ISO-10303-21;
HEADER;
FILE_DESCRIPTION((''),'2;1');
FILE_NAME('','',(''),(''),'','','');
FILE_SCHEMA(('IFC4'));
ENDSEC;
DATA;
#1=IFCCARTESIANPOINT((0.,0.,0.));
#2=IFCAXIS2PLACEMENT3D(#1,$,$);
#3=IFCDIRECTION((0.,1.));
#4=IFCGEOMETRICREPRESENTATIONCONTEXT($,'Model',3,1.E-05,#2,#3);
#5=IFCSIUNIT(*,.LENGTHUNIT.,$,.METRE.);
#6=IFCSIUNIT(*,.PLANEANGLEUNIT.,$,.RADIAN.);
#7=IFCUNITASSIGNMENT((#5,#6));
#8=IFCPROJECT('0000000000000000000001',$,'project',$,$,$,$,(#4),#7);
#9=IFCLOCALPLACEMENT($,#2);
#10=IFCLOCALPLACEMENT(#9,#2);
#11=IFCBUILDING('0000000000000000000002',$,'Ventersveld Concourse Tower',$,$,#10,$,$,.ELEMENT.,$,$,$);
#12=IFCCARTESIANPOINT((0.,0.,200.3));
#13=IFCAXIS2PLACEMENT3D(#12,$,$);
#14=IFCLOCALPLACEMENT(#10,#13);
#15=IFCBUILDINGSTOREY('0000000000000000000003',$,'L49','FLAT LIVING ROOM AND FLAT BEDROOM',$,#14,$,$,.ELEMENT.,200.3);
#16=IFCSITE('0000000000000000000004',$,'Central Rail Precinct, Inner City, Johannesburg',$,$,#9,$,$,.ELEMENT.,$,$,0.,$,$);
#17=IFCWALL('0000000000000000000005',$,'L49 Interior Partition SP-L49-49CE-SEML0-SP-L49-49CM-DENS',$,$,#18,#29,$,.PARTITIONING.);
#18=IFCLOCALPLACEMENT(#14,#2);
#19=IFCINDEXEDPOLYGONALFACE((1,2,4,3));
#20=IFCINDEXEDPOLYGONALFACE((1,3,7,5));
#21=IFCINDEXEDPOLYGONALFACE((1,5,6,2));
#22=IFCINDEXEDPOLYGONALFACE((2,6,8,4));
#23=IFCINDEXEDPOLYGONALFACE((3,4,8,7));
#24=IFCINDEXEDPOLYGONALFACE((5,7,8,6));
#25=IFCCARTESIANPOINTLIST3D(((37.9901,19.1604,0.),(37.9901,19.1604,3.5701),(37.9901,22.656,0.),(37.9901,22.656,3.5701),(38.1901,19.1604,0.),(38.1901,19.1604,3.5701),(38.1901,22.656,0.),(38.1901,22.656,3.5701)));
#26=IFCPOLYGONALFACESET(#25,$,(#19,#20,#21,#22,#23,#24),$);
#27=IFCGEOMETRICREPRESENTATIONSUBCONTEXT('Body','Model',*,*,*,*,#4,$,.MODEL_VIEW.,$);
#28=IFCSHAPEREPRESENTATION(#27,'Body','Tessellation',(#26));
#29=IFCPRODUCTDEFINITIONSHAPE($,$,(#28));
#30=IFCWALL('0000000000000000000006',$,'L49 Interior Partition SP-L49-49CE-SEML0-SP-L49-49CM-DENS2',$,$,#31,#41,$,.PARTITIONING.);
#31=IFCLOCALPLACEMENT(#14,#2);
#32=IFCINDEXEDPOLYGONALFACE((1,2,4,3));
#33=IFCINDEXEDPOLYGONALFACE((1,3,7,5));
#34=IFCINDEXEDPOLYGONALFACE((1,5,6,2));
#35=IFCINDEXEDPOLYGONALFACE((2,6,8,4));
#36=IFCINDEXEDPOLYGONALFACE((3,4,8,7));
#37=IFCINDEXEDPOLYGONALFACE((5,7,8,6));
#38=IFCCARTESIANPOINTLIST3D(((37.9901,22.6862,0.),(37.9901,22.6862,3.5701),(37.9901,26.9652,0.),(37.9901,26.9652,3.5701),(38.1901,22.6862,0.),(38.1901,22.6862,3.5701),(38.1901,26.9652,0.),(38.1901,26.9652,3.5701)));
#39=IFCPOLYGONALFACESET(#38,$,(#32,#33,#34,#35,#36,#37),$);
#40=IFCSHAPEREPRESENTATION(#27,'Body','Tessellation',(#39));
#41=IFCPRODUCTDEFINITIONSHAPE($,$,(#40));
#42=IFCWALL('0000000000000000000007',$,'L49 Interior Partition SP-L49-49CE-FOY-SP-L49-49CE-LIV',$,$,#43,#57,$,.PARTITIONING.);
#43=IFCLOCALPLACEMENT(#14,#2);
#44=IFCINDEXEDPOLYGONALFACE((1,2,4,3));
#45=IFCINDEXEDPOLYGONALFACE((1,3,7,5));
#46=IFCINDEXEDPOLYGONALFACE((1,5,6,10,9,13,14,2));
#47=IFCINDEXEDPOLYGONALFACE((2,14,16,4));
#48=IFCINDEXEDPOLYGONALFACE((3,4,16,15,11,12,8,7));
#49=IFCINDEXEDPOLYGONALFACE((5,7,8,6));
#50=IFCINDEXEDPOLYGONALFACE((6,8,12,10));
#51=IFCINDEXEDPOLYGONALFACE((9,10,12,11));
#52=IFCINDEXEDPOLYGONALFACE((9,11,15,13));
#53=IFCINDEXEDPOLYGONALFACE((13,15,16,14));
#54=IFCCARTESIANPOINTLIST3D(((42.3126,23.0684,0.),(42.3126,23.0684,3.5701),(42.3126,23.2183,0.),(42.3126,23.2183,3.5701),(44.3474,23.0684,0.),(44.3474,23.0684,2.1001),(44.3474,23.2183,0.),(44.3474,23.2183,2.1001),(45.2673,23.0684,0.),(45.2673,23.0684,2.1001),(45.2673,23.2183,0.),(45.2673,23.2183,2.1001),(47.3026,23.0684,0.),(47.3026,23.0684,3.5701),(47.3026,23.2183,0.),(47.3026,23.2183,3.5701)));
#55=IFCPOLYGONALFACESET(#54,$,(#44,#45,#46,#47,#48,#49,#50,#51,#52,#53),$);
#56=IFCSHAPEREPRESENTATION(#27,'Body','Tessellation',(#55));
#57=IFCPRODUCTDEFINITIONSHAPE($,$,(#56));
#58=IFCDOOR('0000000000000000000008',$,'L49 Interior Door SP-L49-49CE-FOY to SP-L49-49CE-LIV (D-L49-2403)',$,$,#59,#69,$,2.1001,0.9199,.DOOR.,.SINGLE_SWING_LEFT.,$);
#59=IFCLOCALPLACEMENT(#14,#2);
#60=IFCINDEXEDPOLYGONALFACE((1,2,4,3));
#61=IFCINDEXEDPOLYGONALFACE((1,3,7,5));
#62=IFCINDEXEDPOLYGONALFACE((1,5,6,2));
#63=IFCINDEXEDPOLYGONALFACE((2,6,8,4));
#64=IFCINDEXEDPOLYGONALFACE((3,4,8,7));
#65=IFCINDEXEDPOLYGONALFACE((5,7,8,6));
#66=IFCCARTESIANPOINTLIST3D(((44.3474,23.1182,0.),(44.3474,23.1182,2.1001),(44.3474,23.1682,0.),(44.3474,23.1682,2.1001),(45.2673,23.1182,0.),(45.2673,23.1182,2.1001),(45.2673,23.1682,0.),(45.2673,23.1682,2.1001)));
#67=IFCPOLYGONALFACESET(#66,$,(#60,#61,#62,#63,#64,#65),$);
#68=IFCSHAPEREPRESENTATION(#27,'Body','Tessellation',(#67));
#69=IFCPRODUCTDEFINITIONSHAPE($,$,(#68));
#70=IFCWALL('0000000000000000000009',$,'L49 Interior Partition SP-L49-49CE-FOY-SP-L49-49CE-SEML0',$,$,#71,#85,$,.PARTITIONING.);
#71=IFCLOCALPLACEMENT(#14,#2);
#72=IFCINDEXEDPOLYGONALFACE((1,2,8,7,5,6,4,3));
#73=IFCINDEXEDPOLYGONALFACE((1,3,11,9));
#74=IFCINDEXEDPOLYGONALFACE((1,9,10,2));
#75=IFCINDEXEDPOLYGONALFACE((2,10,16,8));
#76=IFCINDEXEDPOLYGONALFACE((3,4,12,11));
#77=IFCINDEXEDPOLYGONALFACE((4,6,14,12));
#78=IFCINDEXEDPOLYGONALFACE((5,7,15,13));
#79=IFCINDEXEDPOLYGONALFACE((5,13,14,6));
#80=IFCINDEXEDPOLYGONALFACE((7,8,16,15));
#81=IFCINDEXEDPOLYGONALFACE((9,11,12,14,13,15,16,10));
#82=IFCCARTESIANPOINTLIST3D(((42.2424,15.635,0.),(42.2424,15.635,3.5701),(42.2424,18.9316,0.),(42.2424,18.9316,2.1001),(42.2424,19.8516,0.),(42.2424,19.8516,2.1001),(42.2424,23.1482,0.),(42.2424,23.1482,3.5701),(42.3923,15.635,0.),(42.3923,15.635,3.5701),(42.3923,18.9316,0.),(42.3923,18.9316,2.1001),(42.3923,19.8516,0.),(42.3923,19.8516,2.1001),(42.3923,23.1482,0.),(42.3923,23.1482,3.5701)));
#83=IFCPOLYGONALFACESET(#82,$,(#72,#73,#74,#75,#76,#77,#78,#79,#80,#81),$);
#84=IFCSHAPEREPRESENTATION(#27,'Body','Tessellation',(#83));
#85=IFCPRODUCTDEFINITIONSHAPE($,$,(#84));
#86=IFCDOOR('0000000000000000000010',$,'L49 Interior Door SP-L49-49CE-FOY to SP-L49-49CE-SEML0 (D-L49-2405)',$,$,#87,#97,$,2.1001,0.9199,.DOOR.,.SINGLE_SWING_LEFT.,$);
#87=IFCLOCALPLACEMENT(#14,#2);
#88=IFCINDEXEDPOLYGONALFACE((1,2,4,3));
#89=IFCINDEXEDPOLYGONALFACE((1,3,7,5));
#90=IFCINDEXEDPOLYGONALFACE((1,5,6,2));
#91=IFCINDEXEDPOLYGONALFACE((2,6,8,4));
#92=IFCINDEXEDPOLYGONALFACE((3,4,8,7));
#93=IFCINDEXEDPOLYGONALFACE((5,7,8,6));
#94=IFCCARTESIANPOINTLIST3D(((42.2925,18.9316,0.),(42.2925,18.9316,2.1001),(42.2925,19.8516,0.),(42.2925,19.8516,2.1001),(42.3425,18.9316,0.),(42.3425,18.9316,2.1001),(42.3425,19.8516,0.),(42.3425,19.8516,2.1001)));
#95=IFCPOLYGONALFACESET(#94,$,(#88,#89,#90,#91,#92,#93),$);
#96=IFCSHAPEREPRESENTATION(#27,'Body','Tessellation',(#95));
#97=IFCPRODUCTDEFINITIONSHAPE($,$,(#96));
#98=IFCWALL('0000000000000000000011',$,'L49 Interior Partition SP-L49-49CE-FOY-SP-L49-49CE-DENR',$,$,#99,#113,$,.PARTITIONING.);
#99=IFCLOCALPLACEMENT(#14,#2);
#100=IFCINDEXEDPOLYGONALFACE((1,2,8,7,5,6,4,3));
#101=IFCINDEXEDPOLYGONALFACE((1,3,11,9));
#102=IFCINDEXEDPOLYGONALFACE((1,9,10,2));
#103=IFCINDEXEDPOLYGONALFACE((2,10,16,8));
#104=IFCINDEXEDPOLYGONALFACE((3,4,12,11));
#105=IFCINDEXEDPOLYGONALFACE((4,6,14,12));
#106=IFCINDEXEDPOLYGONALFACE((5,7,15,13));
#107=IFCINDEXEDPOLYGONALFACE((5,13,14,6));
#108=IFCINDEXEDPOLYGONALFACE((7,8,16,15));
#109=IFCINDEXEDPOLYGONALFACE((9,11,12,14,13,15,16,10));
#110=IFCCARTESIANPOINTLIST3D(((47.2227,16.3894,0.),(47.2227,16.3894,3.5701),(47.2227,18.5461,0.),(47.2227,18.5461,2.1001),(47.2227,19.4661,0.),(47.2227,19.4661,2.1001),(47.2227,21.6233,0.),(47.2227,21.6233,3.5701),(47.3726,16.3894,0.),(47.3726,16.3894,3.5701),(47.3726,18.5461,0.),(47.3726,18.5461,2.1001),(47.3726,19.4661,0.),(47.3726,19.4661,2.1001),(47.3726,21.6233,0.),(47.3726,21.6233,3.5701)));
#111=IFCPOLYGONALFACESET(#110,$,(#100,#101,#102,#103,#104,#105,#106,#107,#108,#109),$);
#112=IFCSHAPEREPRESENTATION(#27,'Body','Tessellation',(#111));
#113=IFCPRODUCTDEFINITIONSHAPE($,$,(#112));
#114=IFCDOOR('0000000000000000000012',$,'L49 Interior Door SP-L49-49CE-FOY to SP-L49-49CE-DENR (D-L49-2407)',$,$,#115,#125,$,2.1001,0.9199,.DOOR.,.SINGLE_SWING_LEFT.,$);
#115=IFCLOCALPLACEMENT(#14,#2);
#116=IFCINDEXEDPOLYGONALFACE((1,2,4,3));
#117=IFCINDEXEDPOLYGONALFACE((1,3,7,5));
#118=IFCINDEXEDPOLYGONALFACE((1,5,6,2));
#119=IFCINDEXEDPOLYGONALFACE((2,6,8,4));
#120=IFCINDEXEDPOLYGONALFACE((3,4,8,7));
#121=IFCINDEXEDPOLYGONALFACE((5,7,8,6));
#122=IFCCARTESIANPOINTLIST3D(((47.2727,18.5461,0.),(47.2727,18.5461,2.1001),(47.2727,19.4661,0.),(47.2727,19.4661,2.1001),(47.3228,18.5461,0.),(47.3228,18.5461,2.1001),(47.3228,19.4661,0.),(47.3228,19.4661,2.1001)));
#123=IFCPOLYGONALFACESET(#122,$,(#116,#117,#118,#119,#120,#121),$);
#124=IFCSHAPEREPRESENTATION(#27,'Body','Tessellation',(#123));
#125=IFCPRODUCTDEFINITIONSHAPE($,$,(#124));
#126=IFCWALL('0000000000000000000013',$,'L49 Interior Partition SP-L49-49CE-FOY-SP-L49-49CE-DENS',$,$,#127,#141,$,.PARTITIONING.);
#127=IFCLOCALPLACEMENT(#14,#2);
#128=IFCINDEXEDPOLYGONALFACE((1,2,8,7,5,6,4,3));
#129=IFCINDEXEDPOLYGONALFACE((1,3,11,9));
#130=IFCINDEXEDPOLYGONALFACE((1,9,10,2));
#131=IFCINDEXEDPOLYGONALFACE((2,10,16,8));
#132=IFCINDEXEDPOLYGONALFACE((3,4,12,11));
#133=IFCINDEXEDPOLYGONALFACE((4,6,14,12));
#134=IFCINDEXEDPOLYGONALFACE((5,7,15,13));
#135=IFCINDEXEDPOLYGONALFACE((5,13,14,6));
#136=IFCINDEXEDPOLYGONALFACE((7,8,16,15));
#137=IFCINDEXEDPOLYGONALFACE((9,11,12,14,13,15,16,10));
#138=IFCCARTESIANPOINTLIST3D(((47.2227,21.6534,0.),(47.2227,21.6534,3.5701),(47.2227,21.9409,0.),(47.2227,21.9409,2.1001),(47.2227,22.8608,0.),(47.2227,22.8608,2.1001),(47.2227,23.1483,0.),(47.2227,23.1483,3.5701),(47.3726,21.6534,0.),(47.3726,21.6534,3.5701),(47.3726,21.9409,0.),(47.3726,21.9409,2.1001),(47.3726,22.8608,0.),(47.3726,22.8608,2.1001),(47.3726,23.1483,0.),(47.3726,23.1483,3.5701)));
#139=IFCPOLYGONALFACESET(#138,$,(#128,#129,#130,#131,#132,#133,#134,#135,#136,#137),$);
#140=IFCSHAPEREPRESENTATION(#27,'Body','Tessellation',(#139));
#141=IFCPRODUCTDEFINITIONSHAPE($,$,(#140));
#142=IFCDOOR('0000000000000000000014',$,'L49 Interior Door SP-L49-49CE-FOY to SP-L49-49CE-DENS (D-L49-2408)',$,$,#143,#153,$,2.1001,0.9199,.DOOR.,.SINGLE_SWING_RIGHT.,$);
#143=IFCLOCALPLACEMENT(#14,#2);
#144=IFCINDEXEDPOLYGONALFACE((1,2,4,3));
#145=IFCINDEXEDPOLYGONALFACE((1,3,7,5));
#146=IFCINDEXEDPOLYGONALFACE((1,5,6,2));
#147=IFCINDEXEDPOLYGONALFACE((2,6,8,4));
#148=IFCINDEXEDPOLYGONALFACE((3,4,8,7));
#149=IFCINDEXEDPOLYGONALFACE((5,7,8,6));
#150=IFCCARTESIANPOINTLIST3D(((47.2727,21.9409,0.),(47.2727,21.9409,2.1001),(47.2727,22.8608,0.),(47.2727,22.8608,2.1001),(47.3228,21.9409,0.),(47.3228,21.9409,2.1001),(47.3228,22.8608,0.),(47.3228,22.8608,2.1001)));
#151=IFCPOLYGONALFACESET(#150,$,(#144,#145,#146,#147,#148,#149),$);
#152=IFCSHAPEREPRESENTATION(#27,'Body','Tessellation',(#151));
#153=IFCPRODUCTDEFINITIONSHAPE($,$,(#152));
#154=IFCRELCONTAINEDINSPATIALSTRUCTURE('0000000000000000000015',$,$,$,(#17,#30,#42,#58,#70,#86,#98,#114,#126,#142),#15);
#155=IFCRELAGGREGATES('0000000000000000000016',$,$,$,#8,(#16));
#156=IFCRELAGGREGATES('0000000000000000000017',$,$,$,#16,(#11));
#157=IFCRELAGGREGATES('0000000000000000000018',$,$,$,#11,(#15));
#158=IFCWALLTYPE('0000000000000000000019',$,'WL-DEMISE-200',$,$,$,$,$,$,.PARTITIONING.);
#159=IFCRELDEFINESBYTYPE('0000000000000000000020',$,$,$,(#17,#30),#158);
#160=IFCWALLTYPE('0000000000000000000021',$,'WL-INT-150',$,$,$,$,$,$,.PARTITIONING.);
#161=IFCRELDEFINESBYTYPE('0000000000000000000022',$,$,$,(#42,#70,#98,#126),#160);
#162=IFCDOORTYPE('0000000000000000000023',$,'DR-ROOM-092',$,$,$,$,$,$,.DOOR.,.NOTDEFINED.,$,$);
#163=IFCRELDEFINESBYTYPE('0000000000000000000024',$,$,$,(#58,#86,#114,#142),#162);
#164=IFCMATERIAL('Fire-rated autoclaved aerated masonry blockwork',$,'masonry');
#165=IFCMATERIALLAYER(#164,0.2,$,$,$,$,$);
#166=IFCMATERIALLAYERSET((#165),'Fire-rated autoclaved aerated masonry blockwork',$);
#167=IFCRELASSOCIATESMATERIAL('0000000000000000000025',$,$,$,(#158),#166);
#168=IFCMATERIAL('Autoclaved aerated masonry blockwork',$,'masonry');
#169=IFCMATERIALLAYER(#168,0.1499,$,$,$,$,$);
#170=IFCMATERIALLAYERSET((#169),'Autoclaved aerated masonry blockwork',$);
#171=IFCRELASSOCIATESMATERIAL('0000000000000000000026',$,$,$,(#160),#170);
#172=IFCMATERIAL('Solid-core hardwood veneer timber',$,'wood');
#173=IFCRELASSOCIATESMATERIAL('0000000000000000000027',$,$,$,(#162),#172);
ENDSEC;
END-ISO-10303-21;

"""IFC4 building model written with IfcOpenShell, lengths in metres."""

from ifc_helpers import new_model, si_unit, direction, frame, frame_2d, origin, place, context, subcontext, project, spatial, rectangle, extrude, material, layer, layer_set, type_object, element, fill, save


model = new_model("IFC4")

# Units and contexts
model_context = context("Model", 3, precision=1e-05, world=origin(), true_north=direction((0.0, 1.0)))
body_context = subcontext(model_context, "Body", "Model", "MODEL_VIEW")
ifc_project = project(units=[si_unit("LENGTHUNIT", "METRE"), si_unit("PLANEANGLEUNIT", "RADIAN")], contexts=[model_context])

# Site, building, storey
site_placement = place(None, origin())
site = spatial("IfcSite", under=ifc_project, at=site_placement, Name="Central Rail Precinct, Inner City, Johannesburg", CompositionType="ELEMENT", RefElevation=0.0)
building_placement = place(site_placement, origin())
building = spatial("IfcBuilding", under=site, at=building_placement, Name="Ventersveld Concourse Tower", CompositionType="ELEMENT")
storey_placement = place(building_placement, frame((0.0, 0.0, 200.3)))
storey = spatial("IfcBuildingStorey", under=building, at=storey_placement, Name="L49", Description="FLAT LIVING ROOM AND FLAT BEDROOM", CompositionType="ELEMENT", Elevation=200.3)

# Shared definitions
ifc_material_1 = material(Name="Fire-rated autoclaved aerated masonry blockwork", Category="masonry")
ifc_material_2 = material(Name="Solid-core hardwood veneer timber", Category="wood")

# Walls
ifc_layer_1 = layer(ifc_material_1, 0.2)
ifc_layer_set_1 = layer_set([ifc_layer_1], Name="Fire-rated autoclaved aerated masonry blockwork")
wall_type_1 = type_object("IfcWallType", Name="WL-DEMISE-200", PredefinedType="PARTITIONING", material=ifc_layer_set_1)
wall_1_placement = place(storey_placement, frame((38.0901, 19.1604, 0.0), z_axis=(0.0, 0.0, 1.0), x_axis=(0.0, 1.0, 0.0)))
element("IfcWall", 1, at=wall_1_placement, inside=storey, type_object=wall_type_1, Name="L49 Interior Partition SP-L49-49CE-SEML0-SP-L49-49CM-DENS", PredefinedType="PARTITIONING", context=body_context, shape_type="SweptSolid", body=[
    extrude(rectangle(XDim=3.4956, YDim=0.2, at=frame_2d((1.7478, 0.0))), origin(), (0.0, 0.0, 1.0), 3.5701),
])
wall_2_placement = place(storey_placement, frame((38.0901, 22.686, 0.0), z_axis=(0.0, 0.0, 1.0), x_axis=(0.0, 1.0, 0.0)))
element("IfcWall", 2, at=wall_2_placement, inside=storey, type_object=wall_type_1, Name="L49 Interior Partition SP-L49-49CE-SEML0-SP-L49-49CM-DENS2", PredefinedType="PARTITIONING", context=body_context, shape_type="SweptSolid", body=[
    extrude(rectangle(XDim=4.2791, YDim=0.2, at=frame_2d((2.1396, 0.0))), origin(), (0.0, 0.0, 1.0), 3.5701),
])

# Walls, openings, doors
ifc_material_3 = material(Name="Autoclaved aerated masonry blockwork", Category="masonry")
ifc_layer_2 = layer(ifc_material_3, 0.1499)
ifc_layer_set_2 = layer_set([ifc_layer_2], Name="Autoclaved aerated masonry blockwork")
wall_type_2 = type_object("IfcWallType", Name="WL-INT-150", PredefinedType="PARTITIONING", material=ifc_layer_set_2)
wall_3_placement = place(storey_placement, frame((42.3125, 23.1433, 0.0), z_axis=(0.0, 0.0, 1.0), x_axis=(1.0, 0.0, 0.0)))
wall_3 = element("IfcWall", 3, at=wall_3_placement, inside=storey, type_object=wall_type_2, Name="L49 Interior Partition SP-L49-49CE-FOY-SP-L49-49CE-LIV", PredefinedType="PARTITIONING", context=body_context, shape_type="SweptSolid", body=[
    extrude(rectangle(XDim=4.99, YDim=0.1499, at=frame_2d((2.4951, 0.0))), origin(), (0.0, 0.0, 1.0), 3.5701),
])
opening_1_placement = place(wall_3_placement, frame((2.0349, 0.0, 0.0)))
opening_1 = element("IfcOpeningElement", 4, at=opening_1_placement, cuts=wall_3, PredefinedType="OPENING", context=body_context, shape_type="SweptSolid", body=[
    extrude(rectangle(XDim=0.9199, YDim=2.1001, at=frame_2d((0.46, 1.05))), frame((0.0, 0.085, 0.0), z_axis=(0.0, -1.0, 0.0), x_axis=(1.0, 0.0, 0.0)), (0.0, 0.0, 1.0), 0.1699),
])
door_type_1 = type_object("IfcDoorType", Name="DR-ROOM-092", OperationType="NOTDEFINED", PredefinedType="DOOR", material=ifc_material_2)
door_1_placement = place(opening_1_placement, origin())
door_1 = element("IfcDoor", 5, at=door_1_placement, inside=storey, type_object=door_type_1, Name="L49 Interior Door SP-L49-49CE-FOY to SP-L49-49CE-LIV (D-L49-2403)", OperationType="SINGLE_SWING_LEFT", OverallHeight=2.1001, OverallWidth=0.9199, PredefinedType="DOOR", context=body_context, shape_type="SweptSolid", body=[
    extrude(rectangle(XDim=0.9199, YDim=2.1001, at=frame_2d((0.46, 1.05))), frame((0.0, 0.0249, 0.0), z_axis=(0.0, -1.0, 0.0), x_axis=(1.0, 0.0, 0.0)), (0.0, 0.0, 1.0), 0.05),
])
fill(opening_1, door_1)
wall_4_placement = place(storey_placement, frame((42.3174, 15.635, 0.0), z_axis=(0.0, 0.0, 1.0), x_axis=(0.0, 1.0, 0.0)))
wall_4 = element("IfcWall", 6, at=wall_4_placement, inside=storey, type_object=wall_type_2, Name="L49 Interior Partition SP-L49-49CE-FOY-SP-L49-49CE-SEML0", PredefinedType="PARTITIONING", context=body_context, shape_type="SweptSolid", body=[
    extrude(rectangle(XDim=7.5132, YDim=0.1499, at=frame_2d((3.7566, 0.0))), origin(), (0.0, 0.0, 1.0), 3.5701),
])
opening_2_placement = place(wall_4_placement, frame((3.2966, 0.0, 0.0)))
opening_2 = element("IfcOpeningElement", 7, at=opening_2_placement, cuts=wall_4, PredefinedType="OPENING", context=body_context, shape_type="SweptSolid", body=[
    extrude(rectangle(XDim=0.9199, YDim=2.1001, at=frame_2d((0.46, 1.05))), frame((0.0, 0.085, 0.0), z_axis=(0.0, -1.0, 0.0), x_axis=(1.0, 0.0, 0.0)), (0.0, 0.0, 1.0), 0.1699),
])
door_2_placement = place(opening_2_placement, origin())
door_2 = element("IfcDoor", 8, at=door_2_placement, inside=storey, type_object=door_type_1, Name="L49 Interior Door SP-L49-49CE-FOY to SP-L49-49CE-SEML0 (D-L49-2405)", OperationType="SINGLE_SWING_LEFT", OverallHeight=2.1001, OverallWidth=0.9199, PredefinedType="DOOR", context=body_context, shape_type="SweptSolid", body=[
    extrude(rectangle(XDim=0.9199, YDim=2.1001, at=frame_2d((0.46, 1.05))), frame((0.0, 0.0249, 0.0), z_axis=(0.0, -1.0, 0.0), x_axis=(1.0, 0.0, 0.0)), (0.0, 0.0, 1.0), 0.05),
])
fill(opening_2, door_2)
wall_5_placement = place(storey_placement, frame((47.2976, 16.3894, 0.0), z_axis=(0.0, 0.0, 1.0), x_axis=(0.0, 1.0, 0.0)))
wall_5 = element("IfcWall", 9, at=wall_5_placement, inside=storey, type_object=wall_type_2, Name="L49 Interior Partition SP-L49-49CE-FOY-SP-L49-49CE-DENR", PredefinedType="PARTITIONING", context=body_context, shape_type="SweptSolid", body=[
    extrude(rectangle(XDim=5.2339, YDim=0.1499, at=frame_2d((2.6169, 0.0))), origin(), (0.0, 0.0, 1.0), 3.5701),
])
opening_3_placement = place(wall_5_placement, frame((2.1567, 0.0, 0.0)))
opening_3 = element("IfcOpeningElement", 10, at=opening_3_placement, cuts=wall_5, PredefinedType="OPENING", context=body_context, shape_type="SweptSolid", body=[
    extrude(rectangle(XDim=0.9199, YDim=2.1001, at=frame_2d((0.46, 1.05))), frame((0.0, 0.085, 0.0), z_axis=(0.0, -1.0, 0.0), x_axis=(1.0, 0.0, 0.0)), (0.0, 0.0, 1.0), 0.1699),
])
door_3_placement = place(opening_3_placement, origin())
door_3 = element("IfcDoor", 11, at=door_3_placement, inside=storey, type_object=door_type_1, Name="L49 Interior Door SP-L49-49CE-FOY to SP-L49-49CE-DENR (D-L49-2407)", OperationType="SINGLE_SWING_LEFT", OverallHeight=2.1001, OverallWidth=0.9199, PredefinedType="DOOR", context=body_context, shape_type="SweptSolid", body=[
    extrude(rectangle(XDim=0.9199, YDim=2.1001, at=frame_2d((0.46, 1.05))), frame((0.0, 0.0249, 0.0), z_axis=(0.0, -1.0, 0.0), x_axis=(1.0, 0.0, 0.0)), (0.0, 0.0, 1.0), 0.05),
])
fill(opening_3, door_3)
wall_6_placement = place(storey_placement, frame((47.2976, 21.6533, 0.0), z_axis=(0.0, 0.0, 1.0), x_axis=(0.0, 1.0, 0.0)))
wall_6 = element("IfcWall", 12, at=wall_6_placement, inside=storey, type_object=wall_type_2, Name="L49 Interior Partition SP-L49-49CE-FOY-SP-L49-49CE-DENS", PredefinedType="PARTITIONING", context=body_context, shape_type="SweptSolid", body=[
    extrude(rectangle(XDim=1.4949, YDim=0.1499, at=frame_2d((0.7476, 0.0))), origin(), (0.0, 0.0, 1.0), 3.5701),
])
opening_4_placement = place(wall_6_placement, frame((0.2876, 0.0, 0.0)))
opening_4 = element("IfcOpeningElement", 13, at=opening_4_placement, cuts=wall_6, PredefinedType="OPENING", context=body_context, shape_type="SweptSolid", body=[
    extrude(rectangle(XDim=0.9199, YDim=2.1001, at=frame_2d((0.46, 1.05))), frame((0.0, 0.085, 0.0), z_axis=(0.0, -1.0, 0.0), x_axis=(1.0, 0.0, 0.0)), (0.0, 0.0, 1.0), 0.1699),
])
door_4_placement = place(opening_4_placement, origin())
door_4 = element("IfcDoor", 14, at=door_4_placement, inside=storey, type_object=door_type_1, Name="L49 Interior Door SP-L49-49CE-FOY to SP-L49-49CE-DENS (D-L49-2408)", OperationType="SINGLE_SWING_RIGHT", OverallHeight=2.1001, OverallWidth=0.9199, PredefinedType="DOOR", context=body_context, shape_type="SweptSolid", body=[
    extrude(rectangle(XDim=0.9199, YDim=2.1001, at=frame_2d((0.46, 1.05))), frame((0.0, 0.0249, 0.0), z_axis=(0.0, -1.0, 0.0), x_axis=(1.0, 0.0, 0.0)), (0.0, 0.0, 1.0), 0.05),
])
fill(opening_4, door_4)

save(model, "model.ifc")
